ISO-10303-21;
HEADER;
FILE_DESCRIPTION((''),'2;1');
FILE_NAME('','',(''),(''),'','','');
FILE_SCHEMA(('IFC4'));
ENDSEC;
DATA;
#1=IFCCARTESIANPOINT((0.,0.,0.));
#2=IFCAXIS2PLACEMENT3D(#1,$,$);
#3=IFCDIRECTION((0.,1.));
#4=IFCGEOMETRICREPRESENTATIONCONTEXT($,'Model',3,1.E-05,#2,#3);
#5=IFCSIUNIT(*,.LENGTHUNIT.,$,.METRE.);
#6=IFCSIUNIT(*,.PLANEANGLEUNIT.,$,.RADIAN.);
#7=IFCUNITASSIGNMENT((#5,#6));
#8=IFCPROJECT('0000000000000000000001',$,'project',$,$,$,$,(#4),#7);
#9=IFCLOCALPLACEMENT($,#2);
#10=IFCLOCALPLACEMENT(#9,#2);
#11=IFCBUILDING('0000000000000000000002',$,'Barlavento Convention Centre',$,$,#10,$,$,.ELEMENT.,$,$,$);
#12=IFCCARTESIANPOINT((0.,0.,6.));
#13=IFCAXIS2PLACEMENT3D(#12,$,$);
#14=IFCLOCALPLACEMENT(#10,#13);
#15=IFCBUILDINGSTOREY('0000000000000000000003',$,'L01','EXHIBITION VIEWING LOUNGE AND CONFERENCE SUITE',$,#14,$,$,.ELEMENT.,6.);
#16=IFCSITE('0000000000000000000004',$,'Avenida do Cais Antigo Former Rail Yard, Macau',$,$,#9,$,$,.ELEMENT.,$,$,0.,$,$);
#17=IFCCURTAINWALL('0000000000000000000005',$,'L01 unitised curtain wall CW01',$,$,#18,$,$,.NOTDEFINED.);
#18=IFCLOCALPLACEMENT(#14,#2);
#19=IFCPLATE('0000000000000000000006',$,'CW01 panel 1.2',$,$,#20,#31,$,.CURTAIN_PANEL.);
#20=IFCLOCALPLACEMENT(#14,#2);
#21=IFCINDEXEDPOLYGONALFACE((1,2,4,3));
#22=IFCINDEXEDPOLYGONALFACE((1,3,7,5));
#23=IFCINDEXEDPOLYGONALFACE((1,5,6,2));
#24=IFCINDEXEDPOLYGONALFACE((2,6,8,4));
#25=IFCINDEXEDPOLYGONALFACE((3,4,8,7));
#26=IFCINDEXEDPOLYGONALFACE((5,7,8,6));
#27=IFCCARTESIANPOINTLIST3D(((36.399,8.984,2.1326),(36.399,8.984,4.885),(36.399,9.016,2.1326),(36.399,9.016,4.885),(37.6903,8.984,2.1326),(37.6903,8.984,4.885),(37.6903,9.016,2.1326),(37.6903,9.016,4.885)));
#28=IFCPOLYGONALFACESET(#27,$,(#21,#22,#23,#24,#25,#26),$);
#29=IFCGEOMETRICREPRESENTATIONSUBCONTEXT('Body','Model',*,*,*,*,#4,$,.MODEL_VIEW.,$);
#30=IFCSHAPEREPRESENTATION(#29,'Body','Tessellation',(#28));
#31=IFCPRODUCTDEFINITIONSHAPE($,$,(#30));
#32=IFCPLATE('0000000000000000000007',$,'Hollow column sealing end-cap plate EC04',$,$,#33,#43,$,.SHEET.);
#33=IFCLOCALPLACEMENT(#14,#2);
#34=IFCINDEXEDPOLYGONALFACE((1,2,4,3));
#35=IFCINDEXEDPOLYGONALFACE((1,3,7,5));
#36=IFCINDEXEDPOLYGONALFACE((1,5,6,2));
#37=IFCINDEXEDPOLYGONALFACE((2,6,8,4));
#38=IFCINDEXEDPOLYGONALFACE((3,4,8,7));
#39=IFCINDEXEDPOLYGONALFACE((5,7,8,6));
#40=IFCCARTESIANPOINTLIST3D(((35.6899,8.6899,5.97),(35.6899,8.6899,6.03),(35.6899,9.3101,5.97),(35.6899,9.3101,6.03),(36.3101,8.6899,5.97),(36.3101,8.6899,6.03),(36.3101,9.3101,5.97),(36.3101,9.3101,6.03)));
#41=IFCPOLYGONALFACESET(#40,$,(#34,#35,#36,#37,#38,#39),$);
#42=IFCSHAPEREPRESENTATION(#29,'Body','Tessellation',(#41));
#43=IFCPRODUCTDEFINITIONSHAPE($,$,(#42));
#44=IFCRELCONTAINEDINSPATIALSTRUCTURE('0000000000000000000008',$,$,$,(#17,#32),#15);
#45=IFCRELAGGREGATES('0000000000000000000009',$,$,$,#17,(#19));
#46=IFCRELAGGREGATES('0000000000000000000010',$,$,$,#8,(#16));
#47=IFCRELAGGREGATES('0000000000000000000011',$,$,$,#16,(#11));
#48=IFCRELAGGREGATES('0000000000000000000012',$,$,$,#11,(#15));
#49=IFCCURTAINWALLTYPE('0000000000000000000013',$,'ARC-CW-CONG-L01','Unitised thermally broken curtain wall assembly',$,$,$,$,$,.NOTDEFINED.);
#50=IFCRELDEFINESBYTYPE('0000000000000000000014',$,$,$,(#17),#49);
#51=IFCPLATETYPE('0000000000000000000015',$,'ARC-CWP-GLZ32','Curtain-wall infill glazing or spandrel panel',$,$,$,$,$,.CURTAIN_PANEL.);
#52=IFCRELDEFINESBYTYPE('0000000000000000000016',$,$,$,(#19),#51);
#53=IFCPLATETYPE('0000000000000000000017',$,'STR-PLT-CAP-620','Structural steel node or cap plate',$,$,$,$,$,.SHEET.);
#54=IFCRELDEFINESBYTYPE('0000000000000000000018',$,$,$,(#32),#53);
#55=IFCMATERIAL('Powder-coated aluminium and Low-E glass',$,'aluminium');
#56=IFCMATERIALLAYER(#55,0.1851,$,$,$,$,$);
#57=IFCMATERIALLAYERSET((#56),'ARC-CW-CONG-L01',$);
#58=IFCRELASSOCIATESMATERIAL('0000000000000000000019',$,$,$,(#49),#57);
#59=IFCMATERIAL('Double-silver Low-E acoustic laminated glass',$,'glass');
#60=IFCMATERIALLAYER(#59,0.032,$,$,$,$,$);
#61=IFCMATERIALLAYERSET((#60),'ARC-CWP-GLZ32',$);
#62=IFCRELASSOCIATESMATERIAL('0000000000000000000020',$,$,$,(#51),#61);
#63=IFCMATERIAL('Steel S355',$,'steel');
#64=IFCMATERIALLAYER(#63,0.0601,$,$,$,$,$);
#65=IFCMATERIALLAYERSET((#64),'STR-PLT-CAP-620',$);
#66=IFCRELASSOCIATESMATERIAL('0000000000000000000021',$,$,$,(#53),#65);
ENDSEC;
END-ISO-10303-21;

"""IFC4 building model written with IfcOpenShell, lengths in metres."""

from ifc_helpers import new_model, si_unit, direction, frame, origin, origin_2d, place, context, subcontext, project, spatial, rectangle, extrude, material, layer, layer_set, type_object, element, aggregate, save


model = new_model("IFC4")

# Units and contexts
model_context = context("Model", 3, precision=1e-05, world=origin(), true_north=direction((0.0, 1.0)))
body_context = subcontext(model_context, "Body", "Model", "MODEL_VIEW")
ifc_project = project(units=[si_unit("LENGTHUNIT", "METRE"), si_unit("PLANEANGLEUNIT", "RADIAN")], contexts=[model_context])

# Site, building, storey
site_placement = place(None, origin())
site = spatial("IfcSite", under=ifc_project, at=site_placement, Name="Avenida do Cais Antigo Former Rail Yard, Macau", CompositionType="ELEMENT", RefElevation=0.0)
building_placement = place(site_placement, origin())
building = spatial("IfcBuilding", under=site, at=building_placement, Name="Barlavento Convention Centre", CompositionType="ELEMENT")
storey_placement = place(building_placement, frame((0.0, 0.0, 6.0)))
storey = spatial("IfcBuildingStorey", under=building, at=storey_placement, Name="L01", Description="EXHIBITION VIEWING LOUNGE AND CONFERENCE SUITE", CompositionType="ELEMENT", Elevation=6.0)

# Curtain wall
ifc_material_1 = material(Name="Powder-coated aluminium and Low-E glass", Category="aluminium")
ifc_layer_1 = layer(ifc_material_1, 0.1851)
ifc_layer_set_1 = layer_set([ifc_layer_1], Name="ARC-CW-CONG-L01")
curtain_wall_type = type_object("IfcCurtainWallType", Name="ARC-CW-CONG-L01", Description="Unitised thermally broken curtain wall assembly", PredefinedType="NOTDEFINED", material=ifc_layer_set_1)
curtain_wall_1_placement = place(storey_placement, origin())
curtain_wall_1 = element("IfcCurtainWall", 1, at=curtain_wall_1_placement, inside=storey, type_object=curtain_wall_type, Name="L01 unitised curtain wall CW01", PredefinedType="NOTDEFINED")

# Shared definitions
ifc_material_2 = material(Name="Steel S355", Category="steel")

# Plates
ifc_material_3 = material(Name="Double-silver Low-E acoustic laminated glass", Category="glass")
ifc_layer_2 = layer(ifc_material_3, 0.032)
ifc_layer_set_2 = layer_set([ifc_layer_2], Name="ARC-CWP-GLZ32")
plate_type_1 = type_object("IfcPlateType", Name="ARC-CWP-GLZ32", Description="Curtain-wall infill glazing or spandrel panel", PredefinedType="CURTAIN_PANEL", material=ifc_layer_set_2)
plate_1_placement = place(storey_placement, frame((37.0447, 9.0, 2.1326), z_axis=(0.0, 0.0, 1.0), x_axis=(1.0, 0.0, 0.0)))
plate_1 = element("IfcPlate", 2, at=plate_1_placement, type_object=plate_type_1, Name="CW01 panel 1.2", PredefinedType="CURTAIN_PANEL", context=body_context, shape_type="SweptSolid", body=[
    extrude(rectangle(XDim=1.2913, YDim=0.032, at=origin_2d()), origin(), (0.0, 0.0, 1.0), 2.7524),
])
aggregate(curtain_wall_1, [plate_1])
ifc_layer_3 = layer(ifc_material_2, 0.0601)
ifc_layer_set_3 = layer_set([ifc_layer_3], Name="STR-PLT-CAP-620")
plate_type_2 = type_object("IfcPlateType", Name="STR-PLT-CAP-620", Description="Structural steel node or cap plate", PredefinedType="SHEET", material=ifc_layer_set_3)
plate_2_placement = place(storey_placement, frame((36.0, 9.0, 5.97), z_axis=(0.0, 0.0, 1.0), x_axis=(1.0, 0.0, 0.0)))
element("IfcPlate", 3, at=plate_2_placement, inside=storey, type_object=plate_type_2, Name="Hollow column sealing end-cap plate EC04", PredefinedType="SHEET", context=body_context, shape_type="SweptSolid", body=[
    extrude(rectangle(XDim=0.6201, YDim=0.6201, at=origin_2d()), origin(), (0.0, 0.0, 1.0), 0.0601),
])

save(model, "model.ifc")
